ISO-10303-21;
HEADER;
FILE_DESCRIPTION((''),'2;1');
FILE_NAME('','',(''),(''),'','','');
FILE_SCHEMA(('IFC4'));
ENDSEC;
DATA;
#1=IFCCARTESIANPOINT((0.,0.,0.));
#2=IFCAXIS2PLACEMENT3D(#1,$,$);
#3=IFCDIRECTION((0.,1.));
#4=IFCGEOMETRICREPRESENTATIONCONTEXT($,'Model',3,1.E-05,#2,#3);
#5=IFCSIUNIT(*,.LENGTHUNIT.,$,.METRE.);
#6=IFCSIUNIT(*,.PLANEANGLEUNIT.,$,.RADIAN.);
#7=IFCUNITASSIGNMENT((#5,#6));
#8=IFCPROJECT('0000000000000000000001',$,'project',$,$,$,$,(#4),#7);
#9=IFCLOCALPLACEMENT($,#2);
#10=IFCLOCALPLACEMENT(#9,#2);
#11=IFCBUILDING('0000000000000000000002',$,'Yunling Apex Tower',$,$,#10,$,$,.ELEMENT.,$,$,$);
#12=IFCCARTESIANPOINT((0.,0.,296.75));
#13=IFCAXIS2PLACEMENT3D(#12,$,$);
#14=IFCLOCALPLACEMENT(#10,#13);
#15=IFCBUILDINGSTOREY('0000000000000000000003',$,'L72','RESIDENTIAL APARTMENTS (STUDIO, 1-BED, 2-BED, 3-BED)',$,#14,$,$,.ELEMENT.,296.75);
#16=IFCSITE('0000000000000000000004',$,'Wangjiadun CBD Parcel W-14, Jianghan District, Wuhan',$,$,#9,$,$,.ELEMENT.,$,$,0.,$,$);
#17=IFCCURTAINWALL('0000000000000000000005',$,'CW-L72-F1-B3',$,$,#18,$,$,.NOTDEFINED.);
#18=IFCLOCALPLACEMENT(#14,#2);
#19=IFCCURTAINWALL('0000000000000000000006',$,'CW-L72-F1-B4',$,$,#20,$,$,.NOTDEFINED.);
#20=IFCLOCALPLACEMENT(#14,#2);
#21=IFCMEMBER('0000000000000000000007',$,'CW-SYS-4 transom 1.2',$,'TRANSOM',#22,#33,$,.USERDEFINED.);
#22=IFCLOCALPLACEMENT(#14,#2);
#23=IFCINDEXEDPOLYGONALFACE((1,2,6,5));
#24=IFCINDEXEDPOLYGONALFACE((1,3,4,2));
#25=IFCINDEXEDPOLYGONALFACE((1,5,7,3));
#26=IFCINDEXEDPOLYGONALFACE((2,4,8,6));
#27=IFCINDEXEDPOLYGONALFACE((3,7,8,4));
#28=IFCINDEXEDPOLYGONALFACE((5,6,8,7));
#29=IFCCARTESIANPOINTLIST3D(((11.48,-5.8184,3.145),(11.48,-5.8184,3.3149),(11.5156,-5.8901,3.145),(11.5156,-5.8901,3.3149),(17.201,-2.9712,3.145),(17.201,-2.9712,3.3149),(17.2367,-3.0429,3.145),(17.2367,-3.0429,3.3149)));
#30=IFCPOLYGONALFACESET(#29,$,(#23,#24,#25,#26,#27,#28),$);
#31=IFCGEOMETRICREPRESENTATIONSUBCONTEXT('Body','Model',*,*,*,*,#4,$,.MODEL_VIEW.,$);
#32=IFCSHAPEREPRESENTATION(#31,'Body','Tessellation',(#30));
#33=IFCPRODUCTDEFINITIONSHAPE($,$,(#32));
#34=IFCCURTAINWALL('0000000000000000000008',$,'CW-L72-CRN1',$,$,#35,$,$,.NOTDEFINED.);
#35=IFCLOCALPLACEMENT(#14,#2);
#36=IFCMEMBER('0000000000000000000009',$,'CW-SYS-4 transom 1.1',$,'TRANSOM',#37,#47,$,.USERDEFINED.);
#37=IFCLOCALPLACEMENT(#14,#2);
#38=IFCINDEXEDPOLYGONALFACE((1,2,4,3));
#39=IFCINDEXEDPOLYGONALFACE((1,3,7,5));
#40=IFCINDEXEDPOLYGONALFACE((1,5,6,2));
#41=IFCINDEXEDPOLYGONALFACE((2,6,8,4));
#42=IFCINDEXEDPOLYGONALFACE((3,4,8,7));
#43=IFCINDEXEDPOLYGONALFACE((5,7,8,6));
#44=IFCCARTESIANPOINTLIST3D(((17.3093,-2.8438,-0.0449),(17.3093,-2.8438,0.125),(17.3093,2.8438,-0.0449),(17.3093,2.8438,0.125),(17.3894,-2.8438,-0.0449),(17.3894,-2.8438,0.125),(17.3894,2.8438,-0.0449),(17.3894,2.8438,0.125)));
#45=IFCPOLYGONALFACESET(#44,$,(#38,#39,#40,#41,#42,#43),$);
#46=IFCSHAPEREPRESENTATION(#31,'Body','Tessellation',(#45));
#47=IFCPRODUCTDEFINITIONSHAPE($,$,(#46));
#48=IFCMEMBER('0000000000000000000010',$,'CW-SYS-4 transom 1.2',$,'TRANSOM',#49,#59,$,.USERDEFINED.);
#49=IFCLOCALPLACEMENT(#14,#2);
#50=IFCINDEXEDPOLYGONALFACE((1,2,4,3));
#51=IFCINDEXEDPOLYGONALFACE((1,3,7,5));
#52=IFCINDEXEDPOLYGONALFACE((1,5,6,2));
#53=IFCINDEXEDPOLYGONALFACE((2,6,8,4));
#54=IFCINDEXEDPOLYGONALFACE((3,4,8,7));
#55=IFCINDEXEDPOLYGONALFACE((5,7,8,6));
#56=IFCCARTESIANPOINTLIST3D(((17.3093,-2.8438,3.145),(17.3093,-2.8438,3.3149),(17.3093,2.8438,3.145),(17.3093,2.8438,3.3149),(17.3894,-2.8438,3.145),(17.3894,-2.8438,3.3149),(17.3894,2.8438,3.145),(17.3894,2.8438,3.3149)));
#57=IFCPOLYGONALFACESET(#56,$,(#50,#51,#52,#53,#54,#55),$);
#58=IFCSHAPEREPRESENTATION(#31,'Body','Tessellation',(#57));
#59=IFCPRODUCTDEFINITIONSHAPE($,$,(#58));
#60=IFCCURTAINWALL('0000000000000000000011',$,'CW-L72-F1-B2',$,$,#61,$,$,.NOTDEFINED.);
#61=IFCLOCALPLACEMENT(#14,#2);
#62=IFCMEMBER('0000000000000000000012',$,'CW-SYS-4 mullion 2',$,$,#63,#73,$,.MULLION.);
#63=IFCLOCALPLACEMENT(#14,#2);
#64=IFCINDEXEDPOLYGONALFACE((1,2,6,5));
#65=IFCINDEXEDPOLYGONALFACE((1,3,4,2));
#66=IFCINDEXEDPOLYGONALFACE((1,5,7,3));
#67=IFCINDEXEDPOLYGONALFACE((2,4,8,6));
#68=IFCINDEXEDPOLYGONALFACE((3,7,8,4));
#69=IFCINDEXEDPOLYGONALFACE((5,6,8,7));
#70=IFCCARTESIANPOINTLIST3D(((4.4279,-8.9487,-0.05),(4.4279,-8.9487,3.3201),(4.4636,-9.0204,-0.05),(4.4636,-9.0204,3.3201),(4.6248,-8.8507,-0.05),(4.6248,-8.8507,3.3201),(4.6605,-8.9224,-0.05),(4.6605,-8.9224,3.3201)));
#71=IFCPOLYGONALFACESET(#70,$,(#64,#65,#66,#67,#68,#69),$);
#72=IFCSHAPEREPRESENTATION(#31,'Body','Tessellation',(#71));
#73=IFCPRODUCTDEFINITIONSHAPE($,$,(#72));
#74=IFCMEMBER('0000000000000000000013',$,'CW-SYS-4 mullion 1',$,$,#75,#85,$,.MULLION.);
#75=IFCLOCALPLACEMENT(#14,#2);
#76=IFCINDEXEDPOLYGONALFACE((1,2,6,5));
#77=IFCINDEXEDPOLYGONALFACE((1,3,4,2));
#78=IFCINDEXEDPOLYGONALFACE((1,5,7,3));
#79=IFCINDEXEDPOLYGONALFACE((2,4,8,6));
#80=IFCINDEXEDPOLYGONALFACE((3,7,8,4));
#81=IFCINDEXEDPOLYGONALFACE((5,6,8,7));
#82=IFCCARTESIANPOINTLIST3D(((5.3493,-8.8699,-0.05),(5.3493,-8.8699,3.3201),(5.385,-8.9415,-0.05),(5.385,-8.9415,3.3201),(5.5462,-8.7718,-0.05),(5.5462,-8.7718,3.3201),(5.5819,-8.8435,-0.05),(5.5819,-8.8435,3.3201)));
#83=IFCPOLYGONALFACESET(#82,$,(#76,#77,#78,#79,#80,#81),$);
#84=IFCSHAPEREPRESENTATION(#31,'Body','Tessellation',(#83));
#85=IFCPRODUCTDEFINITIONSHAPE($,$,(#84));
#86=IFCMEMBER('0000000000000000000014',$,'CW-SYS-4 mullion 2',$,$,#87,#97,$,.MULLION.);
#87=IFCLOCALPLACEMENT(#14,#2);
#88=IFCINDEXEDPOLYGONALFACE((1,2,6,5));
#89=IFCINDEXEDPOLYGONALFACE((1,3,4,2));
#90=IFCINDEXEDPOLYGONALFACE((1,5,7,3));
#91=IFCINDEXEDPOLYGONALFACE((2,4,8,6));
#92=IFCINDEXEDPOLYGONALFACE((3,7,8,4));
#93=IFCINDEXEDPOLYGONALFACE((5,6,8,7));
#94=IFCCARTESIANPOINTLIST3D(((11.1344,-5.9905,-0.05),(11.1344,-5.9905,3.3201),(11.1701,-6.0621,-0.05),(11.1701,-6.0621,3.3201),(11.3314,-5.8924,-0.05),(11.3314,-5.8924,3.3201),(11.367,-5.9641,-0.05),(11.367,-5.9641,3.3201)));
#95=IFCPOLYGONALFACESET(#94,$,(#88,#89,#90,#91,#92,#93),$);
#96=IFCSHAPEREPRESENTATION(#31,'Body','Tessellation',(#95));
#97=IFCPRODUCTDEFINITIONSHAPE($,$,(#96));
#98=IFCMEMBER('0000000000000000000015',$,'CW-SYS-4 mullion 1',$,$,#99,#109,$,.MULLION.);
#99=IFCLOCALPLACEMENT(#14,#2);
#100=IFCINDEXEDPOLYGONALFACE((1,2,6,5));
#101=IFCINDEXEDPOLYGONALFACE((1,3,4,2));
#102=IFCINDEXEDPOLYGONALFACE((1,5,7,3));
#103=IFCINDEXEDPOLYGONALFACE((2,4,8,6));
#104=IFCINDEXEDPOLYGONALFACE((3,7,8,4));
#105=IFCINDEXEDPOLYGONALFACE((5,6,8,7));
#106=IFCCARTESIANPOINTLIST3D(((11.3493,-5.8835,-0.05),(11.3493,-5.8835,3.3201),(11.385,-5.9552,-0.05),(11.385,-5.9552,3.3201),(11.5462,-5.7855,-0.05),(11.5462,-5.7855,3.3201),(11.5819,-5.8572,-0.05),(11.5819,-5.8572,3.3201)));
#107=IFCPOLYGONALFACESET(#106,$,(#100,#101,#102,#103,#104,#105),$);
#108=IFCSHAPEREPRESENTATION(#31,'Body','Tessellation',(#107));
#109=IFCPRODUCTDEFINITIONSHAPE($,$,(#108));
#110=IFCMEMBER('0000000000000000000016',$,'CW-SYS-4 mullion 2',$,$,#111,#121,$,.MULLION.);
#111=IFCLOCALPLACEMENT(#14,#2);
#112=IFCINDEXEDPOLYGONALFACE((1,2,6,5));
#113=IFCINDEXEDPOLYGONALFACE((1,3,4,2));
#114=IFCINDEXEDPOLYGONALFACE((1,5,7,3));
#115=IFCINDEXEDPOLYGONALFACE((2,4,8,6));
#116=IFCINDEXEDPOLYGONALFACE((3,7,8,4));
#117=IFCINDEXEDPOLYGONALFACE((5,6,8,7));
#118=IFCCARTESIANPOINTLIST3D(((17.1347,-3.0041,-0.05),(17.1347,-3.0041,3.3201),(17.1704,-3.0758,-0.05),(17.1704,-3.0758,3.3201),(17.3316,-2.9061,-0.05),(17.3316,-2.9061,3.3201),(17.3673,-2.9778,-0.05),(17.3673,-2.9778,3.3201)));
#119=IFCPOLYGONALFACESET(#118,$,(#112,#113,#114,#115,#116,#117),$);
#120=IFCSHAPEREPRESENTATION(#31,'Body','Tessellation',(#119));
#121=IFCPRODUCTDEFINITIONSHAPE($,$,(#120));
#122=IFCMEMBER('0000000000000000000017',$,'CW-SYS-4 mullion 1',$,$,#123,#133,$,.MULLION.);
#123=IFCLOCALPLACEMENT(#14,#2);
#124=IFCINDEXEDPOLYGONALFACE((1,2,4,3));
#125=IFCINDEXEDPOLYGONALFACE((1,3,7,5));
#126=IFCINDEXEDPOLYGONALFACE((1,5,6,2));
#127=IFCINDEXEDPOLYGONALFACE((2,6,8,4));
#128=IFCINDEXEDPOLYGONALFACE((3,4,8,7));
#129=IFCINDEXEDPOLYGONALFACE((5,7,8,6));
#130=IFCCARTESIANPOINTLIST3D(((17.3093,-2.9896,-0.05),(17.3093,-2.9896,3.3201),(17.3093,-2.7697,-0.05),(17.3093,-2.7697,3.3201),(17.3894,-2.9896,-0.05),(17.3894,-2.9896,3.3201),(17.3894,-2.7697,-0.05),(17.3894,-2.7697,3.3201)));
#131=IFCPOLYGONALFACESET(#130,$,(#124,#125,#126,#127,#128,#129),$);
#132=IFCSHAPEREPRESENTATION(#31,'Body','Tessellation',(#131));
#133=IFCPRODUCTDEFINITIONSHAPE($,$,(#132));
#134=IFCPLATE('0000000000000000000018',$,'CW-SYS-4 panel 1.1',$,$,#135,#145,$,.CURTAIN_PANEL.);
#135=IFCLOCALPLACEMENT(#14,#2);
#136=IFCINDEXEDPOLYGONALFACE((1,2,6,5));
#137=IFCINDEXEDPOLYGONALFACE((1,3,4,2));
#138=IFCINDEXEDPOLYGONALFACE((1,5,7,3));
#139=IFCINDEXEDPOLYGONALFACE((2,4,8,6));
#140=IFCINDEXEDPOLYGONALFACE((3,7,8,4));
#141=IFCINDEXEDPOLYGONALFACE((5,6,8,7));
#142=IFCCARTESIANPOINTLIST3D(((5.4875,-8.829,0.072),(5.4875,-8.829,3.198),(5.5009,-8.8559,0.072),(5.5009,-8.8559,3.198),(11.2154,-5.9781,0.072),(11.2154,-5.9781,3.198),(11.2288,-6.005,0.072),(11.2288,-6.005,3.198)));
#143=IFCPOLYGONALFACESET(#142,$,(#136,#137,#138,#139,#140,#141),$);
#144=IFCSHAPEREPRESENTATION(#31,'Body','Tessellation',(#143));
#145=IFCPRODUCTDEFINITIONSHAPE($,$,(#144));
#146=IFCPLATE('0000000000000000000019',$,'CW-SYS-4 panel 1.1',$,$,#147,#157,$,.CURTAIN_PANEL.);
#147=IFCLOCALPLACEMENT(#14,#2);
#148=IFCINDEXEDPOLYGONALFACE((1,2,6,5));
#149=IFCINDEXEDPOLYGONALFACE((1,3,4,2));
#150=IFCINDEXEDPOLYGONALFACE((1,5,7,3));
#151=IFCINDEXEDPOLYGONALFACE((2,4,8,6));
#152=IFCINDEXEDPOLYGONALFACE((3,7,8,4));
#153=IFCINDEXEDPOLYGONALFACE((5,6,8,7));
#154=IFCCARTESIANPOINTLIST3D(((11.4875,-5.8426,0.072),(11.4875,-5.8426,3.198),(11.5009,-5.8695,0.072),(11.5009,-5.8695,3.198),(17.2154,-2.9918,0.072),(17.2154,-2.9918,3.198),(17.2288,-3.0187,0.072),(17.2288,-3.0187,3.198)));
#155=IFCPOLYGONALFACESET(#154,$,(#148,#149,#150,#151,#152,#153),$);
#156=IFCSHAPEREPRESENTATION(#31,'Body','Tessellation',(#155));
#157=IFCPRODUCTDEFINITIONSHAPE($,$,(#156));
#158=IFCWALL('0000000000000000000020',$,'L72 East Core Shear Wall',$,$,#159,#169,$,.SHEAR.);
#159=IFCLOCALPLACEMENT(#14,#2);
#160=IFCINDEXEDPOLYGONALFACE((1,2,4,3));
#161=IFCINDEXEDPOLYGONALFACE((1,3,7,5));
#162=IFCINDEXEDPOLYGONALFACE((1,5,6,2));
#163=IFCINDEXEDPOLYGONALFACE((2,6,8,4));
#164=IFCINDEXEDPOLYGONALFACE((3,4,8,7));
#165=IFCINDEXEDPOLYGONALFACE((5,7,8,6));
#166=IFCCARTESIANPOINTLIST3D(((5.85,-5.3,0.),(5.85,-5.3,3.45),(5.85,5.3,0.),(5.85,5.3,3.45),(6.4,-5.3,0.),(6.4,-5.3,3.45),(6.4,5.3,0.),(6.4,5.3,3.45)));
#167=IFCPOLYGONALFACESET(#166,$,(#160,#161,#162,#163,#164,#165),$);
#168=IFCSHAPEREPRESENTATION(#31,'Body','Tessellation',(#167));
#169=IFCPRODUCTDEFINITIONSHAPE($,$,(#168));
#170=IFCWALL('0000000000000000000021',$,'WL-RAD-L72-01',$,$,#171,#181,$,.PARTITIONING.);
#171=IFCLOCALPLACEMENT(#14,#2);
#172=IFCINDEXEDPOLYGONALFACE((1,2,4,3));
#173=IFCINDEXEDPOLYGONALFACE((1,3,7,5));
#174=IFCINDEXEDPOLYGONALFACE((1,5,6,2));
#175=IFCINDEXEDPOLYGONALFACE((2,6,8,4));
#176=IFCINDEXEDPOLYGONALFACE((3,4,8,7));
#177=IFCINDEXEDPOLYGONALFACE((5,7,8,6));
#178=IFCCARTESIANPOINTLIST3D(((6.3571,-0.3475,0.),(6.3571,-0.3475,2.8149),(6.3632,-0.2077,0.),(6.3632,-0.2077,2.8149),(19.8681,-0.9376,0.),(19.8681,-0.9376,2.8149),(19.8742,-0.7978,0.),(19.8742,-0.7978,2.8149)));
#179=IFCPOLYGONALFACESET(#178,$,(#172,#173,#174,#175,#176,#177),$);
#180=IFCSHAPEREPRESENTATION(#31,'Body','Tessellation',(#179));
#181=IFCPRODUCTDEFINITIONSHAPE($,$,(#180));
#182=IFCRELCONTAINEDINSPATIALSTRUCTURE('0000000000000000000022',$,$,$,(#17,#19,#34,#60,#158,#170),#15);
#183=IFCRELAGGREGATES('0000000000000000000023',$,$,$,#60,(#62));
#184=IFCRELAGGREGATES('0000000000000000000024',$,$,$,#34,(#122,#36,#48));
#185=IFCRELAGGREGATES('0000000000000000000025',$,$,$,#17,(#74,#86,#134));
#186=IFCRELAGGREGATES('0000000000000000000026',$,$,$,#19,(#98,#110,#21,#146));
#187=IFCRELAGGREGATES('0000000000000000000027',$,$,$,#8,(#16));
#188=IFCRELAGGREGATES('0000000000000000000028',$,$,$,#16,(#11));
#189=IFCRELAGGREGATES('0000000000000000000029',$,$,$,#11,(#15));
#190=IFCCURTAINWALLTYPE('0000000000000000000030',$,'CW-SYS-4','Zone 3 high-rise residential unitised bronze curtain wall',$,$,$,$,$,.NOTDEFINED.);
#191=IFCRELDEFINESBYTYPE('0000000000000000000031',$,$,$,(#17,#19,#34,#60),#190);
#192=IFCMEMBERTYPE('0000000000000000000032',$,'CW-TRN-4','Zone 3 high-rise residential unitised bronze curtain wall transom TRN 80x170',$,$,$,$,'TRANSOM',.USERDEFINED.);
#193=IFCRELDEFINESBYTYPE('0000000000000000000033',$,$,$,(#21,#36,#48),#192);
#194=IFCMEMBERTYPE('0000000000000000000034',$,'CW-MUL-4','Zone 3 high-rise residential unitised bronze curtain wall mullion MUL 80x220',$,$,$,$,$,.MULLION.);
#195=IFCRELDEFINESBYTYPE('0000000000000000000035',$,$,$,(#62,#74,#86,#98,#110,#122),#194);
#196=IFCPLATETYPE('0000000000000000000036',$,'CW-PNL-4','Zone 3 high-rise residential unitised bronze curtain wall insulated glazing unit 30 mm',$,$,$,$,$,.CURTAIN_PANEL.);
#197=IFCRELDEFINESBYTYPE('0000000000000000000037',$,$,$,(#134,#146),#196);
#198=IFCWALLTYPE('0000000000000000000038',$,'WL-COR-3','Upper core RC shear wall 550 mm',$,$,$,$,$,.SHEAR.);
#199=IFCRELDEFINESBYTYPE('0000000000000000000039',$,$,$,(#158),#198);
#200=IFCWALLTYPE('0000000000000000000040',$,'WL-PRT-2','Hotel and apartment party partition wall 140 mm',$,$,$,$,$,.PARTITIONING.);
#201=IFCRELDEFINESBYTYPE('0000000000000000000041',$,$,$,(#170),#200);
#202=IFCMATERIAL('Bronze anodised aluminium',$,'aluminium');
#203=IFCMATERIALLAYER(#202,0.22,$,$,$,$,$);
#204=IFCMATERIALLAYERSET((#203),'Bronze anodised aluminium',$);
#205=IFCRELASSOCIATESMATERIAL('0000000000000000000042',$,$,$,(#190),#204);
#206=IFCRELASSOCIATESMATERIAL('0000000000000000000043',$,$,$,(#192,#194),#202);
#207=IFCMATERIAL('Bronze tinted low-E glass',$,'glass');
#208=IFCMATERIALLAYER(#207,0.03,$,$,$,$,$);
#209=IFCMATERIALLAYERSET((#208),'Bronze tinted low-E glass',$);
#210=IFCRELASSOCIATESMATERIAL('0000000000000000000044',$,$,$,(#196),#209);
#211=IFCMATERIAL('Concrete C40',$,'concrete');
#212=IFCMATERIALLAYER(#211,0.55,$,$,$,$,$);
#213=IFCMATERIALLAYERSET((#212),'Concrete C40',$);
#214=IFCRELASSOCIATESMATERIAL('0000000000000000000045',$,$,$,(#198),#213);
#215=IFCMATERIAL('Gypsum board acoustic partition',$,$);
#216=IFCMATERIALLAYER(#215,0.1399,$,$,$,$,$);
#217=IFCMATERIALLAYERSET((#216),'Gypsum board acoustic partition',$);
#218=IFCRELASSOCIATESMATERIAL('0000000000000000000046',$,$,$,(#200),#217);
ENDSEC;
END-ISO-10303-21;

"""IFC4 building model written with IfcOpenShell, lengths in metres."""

from ifc_helpers import new_model, si_unit, direction, frame, frame_2d, origin, origin_2d, place, context, subcontext, project, spatial, rectangle, extrude, source, transform, mapped, material, layer, layer_set, material_profile, profile_set, type_object, element, aggregate, save


model = new_model("IFC4")

# Units and contexts
model_context = context("Model", 3, precision=1e-05, world=origin(), true_north=direction((0.0, 1.0)))
body_context = subcontext(model_context, "Body", "Model", "MODEL_VIEW")
ifc_project = project(units=[si_unit("LENGTHUNIT", "METRE"), si_unit("PLANEANGLEUNIT", "RADIAN")], contexts=[model_context])

# Site, building, storey
site_placement = place(None, origin())
site = spatial("IfcSite", under=ifc_project, at=site_placement, Name="Wangjiadun CBD Parcel W-14, Jianghan District, Wuhan", CompositionType="ELEMENT", RefElevation=0.0)
building_placement = place(site_placement, origin())
building = spatial("IfcBuilding", under=site, at=building_placement, Name="Yunling Apex Tower", CompositionType="ELEMENT")
storey_placement = place(building_placement, frame((0.0, 0.0, 296.75)))
storey = spatial("IfcBuildingStorey", under=building, at=storey_placement, Name="L72", Description="RESIDENTIAL APARTMENTS (STUDIO, 1-BED, 2-BED, 3-BED)", CompositionType="ELEMENT", Elevation=296.75)

# Curtain walls, members
ifc_material_1 = material(Name="Bronze anodised aluminium", Category="aluminium")
ifc_layer_1 = layer(ifc_material_1, 0.22)
ifc_layer_set_1 = layer_set([ifc_layer_1], Name="Bronze anodised aluminium")
curtain_wall_type = type_object("IfcCurtainWallType", Name="CW-SYS-4", Description="Zone 3 high-rise residential unitised bronze curtain wall", PredefinedType="NOTDEFINED", material=ifc_layer_set_1)
curtain_wall_1_placement = place(storey_placement, origin())
curtain_wall_1 = element("IfcCurtainWall", 1, at=curtain_wall_1_placement, inside=storey, type_object=curtain_wall_type, Name="CW-L72-F1-B3", PredefinedType="NOTDEFINED")
ifc_material_profile_1 = material_profile(ifc_material_1, rectangle(XDim=0.0801, YDim=0.1699, at=origin_2d()))
ifc_profile_set_1 = profile_set([ifc_material_profile_1], Name="Bronze anodised aluminium")
member_type_1 = type_object("IfcMemberType", Name="CW-TRN-4", Description="Zone 3 high-rise residential unitised bronze curtain wall transom TRN 80x170", ElementType="TRANSOM", PredefinedType="USERDEFINED", material=ifc_profile_set_1)
curtain_wall_2_placement = place(storey_placement, origin())
curtain_wall_2 = element("IfcCurtainWall", 2, at=curtain_wall_2_placement, inside=storey, type_object=curtain_wall_type, Name="CW-L72-F1-B4", PredefinedType="NOTDEFINED")
shared_shape_1 = source(origin(), body_context, "Body", "SweptSolid", [
    extrude(rectangle(XDim=0.0801, YDim=0.1699, at=origin_2d()), origin(), (0.0, 0.0, 1.0), 6.3904),
])
member_1_placement = place(storey_placement, frame((11.4978, -5.8542, 3.23), z_axis=(0.895259, 0.445547, 0.0), x_axis=(-0.445547, 0.895259, 0.0)))
member_1 = element("IfcMember", 3, at=member_1_placement, type_object=member_type_1, Name="CW-SYS-4 transom 1.2", ObjectType="TRANSOM", PredefinedType="USERDEFINED", context=body_context, shape_type="MappedRepresentation", body=[
    mapped(shared_shape_1, transform((0.0, 0.0, 0.0), scale=1.0)),
])
curtain_wall_3_placement = place(storey_placement, origin())
curtain_wall_3 = element("IfcCurtainWall", 4, at=curtain_wall_3_placement, inside=storey, type_object=curtain_wall_type, Name="CW-L72-CRN1", PredefinedType="NOTDEFINED")
shared_shape_2 = source(origin(), body_context, "Body", "SweptSolid", [
    extrude(rectangle(XDim=0.0801, YDim=0.1699, at=origin_2d()), origin(), (0.0, 0.0, 1.0), 5.6875),
])
member_2_placement = place(storey_placement, frame((17.3494, -2.8438, 0.04), z_axis=(0.0, 1.0, 0.0), x_axis=(-1.0, 0.0, 0.0)))
member_2 = element("IfcMember", 5, at=member_2_placement, type_object=member_type_1, Name="CW-SYS-4 transom 1.1", ObjectType="TRANSOM", PredefinedType="USERDEFINED", context=body_context, shape_type="MappedRepresentation", body=[
    mapped(shared_shape_2, transform((0.0, 0.0, 0.0), scale=1.0)),
])
member_3_placement = place(storey_placement, frame((17.3494, -2.8438, 3.23), z_axis=(0.0, 1.0, 0.0), x_axis=(-1.0, 0.0, 0.0)))
member_3 = element("IfcMember", 6, at=member_3_placement, type_object=member_type_1, Name="CW-SYS-4 transom 1.2", ObjectType="TRANSOM", PredefinedType="USERDEFINED", context=body_context, shape_type="MappedRepresentation", body=[
    mapped(shared_shape_2, transform((0.0, 0.0, 0.0), scale=1.0)),
])

# Curtain wall, member
curtain_wall_4_placement = place(storey_placement, origin())
curtain_wall_4 = element("IfcCurtainWall", 7, at=curtain_wall_4_placement, inside=storey, type_object=curtain_wall_type, Name="CW-L72-F1-B2", PredefinedType="NOTDEFINED")
ifc_material_profile_2 = material_profile(ifc_material_1, rectangle(XDim=0.0801, YDim=0.22, at=origin_2d()))
ifc_profile_set_2 = profile_set([ifc_material_profile_2], Name="Bronze anodised aluminium")
member_type_2 = type_object("IfcMemberType", Name="CW-MUL-4", Description="Zone 3 high-rise residential unitised bronze curtain wall mullion MUL 80x220", PredefinedType="MULLION", material=ifc_profile_set_2)
shared_shape_3 = source(origin(), body_context, "Body", "SweptSolid", [
    extrude(rectangle(XDim=0.0801, YDim=0.22, at=origin_2d()), origin(), (0.0, 0.0, 1.0), 3.3701),
])
member_4_placement = place(storey_placement, frame((4.5442, -8.9355, -0.05), z_axis=(0.0, 0.0, 1.0), x_axis=(-0.445561, 0.895252, 0.0)))
member_4 = element("IfcMember", 8, at=member_4_placement, type_object=member_type_2, Name="CW-SYS-4 mullion 2", PredefinedType="MULLION", context=body_context, shape_type="MappedRepresentation", body=[
    mapped(shared_shape_3, transform((0.0, 0.0, 0.0), scale=1.0)),
])
aggregate(curtain_wall_4, [member_4])

# Members
member_5_placement = place(storey_placement, frame((5.4656, -8.8567, -0.05), z_axis=(0.0, 0.0, 1.0), x_axis=(-0.44558, 0.895242, 0.0)))
member_5 = element("IfcMember", 9, at=member_5_placement, type_object=member_type_2, Name="CW-SYS-4 mullion 1", PredefinedType="MULLION", context=body_context, shape_type="MappedRepresentation", body=[
    mapped(shared_shape_3, transform((0.0, 0.0, 0.0), scale=1.0)),
])
member_6_placement = place(storey_placement, frame((11.2507, -5.9773, -0.05), z_axis=(0.0, 0.0, 1.0), x_axis=(-0.44558, 0.895242, 0.0)))
member_6 = element("IfcMember", 10, at=member_6_placement, type_object=member_type_2, Name="CW-SYS-4 mullion 2", PredefinedType="MULLION", context=body_context, shape_type="MappedRepresentation", body=[
    mapped(shared_shape_3, transform((0.0, 0.0, 0.0), scale=1.0)),
])
member_7_placement = place(storey_placement, frame((11.4656, -5.8704, -0.05), z_axis=(0.0, 0.0, 1.0), x_axis=(-0.445568, 0.895248, 0.0)))
member_7 = element("IfcMember", 11, at=member_7_placement, type_object=member_type_2, Name="CW-SYS-4 mullion 1", PredefinedType="MULLION", context=body_context, shape_type="MappedRepresentation", body=[
    mapped(shared_shape_3, transform((0.0, 0.0, 0.0), scale=1.0)),
])
member_8_placement = place(storey_placement, frame((17.251, -2.991, -0.05), z_axis=(0.0, 0.0, 1.0), x_axis=(-0.445568, 0.895248, 0.0)))
member_8 = element("IfcMember", 12, at=member_8_placement, type_object=member_type_2, Name="CW-SYS-4 mullion 2", PredefinedType="MULLION", context=body_context, shape_type="MappedRepresentation", body=[
    mapped(shared_shape_3, transform((0.0, 0.0, 0.0), scale=1.0)),
])
member_9_placement = place(storey_placement, frame((17.3494, -2.8796, -0.05), z_axis=(0.0, 0.0, 1.0), x_axis=(-1.0, 0.0, 0.0)))
member_9 = element("IfcMember", 13, at=member_9_placement, type_object=member_type_2, Name="CW-SYS-4 mullion 1", PredefinedType="MULLION", context=body_context, shape_type="MappedRepresentation", body=[
    mapped(shared_shape_3, transform((0.0, 0.0, 0.0), scale=1.0)),
])
aggregate(curtain_wall_3, [member_9, member_2, member_3])

# Plates
ifc_material_2 = material(Name="Bronze tinted low-E glass", Category="glass")
ifc_layer_2 = layer(ifc_material_2, 0.03)
ifc_layer_set_2 = layer_set([ifc_layer_2], Name="Bronze tinted low-E glass")
plate_type = type_object("IfcPlateType", Name="CW-PNL-4", Description="Zone 3 high-rise residential unitised bronze curtain wall insulated glazing unit 30 mm", PredefinedType="CURTAIN_PANEL", material=ifc_layer_set_2)
shared_shape_4 = source(origin(), body_context, "Body", "SweptSolid", [
    extrude(rectangle(XDim=6.3982, YDim=0.03, at=origin_2d()), origin(), (0.0, 0.0, 1.0), 3.126),
])
plate_1_placement = place(storey_placement, frame((8.3582, -7.417, 0.072), z_axis=(0.0, 0.0, 1.0), x_axis=(0.895242, 0.44558, 0.0)))
plate_1 = element("IfcPlate", 14, at=plate_1_placement, type_object=plate_type, Name="CW-SYS-4 panel 1.1", PredefinedType="CURTAIN_PANEL", context=body_context, shape_type="MappedRepresentation", body=[
    mapped(shared_shape_4, transform((0.0, 0.0, 0.0), scale=1.0)),
])
aggregate(curtain_wall_1, [member_5, member_6, plate_1])
plate_2_placement = place(storey_placement, frame((14.3582, -4.4307, 0.072), z_axis=(0.0, 0.0, 1.0), x_axis=(0.895248, 0.445568, 0.0)))
plate_2 = element("IfcPlate", 15, at=plate_2_placement, type_object=plate_type, Name="CW-SYS-4 panel 1.1", PredefinedType="CURTAIN_PANEL", context=body_context, shape_type="MappedRepresentation", body=[
    mapped(shared_shape_4, transform((0.0, 0.0, 0.0), scale=1.0)),
])
aggregate(curtain_wall_2, [member_7, member_8, member_1, plate_2])

# Walls
ifc_material_3 = material(Name="Concrete C40", Category="concrete")
ifc_layer_3 = layer(ifc_material_3, 0.55)
ifc_layer_set_3 = layer_set([ifc_layer_3], Name="Concrete C40")
wall_type_1 = type_object("IfcWallType", Name="WL-COR-3", Description="Upper core RC shear wall 550 mm", PredefinedType="SHEAR", material=ifc_layer_set_3)
wall_1_placement = place(storey_placement, frame((6.125, -5.3, 0.0), z_axis=(0.0, 0.0, 1.0), x_axis=(0.0, 1.0, 0.0)))
element("IfcWall", 16, at=wall_1_placement, inside=storey, type_object=wall_type_1, Name="L72 East Core Shear Wall", PredefinedType="SHEAR", context=body_context, shape_type="SweptSolid", body=[
    extrude(rectangle(XDim=10.6001, YDim=0.55, at=frame_2d((5.3, 0.0))), origin(), (0.0, 0.0, 1.0), 3.45),
])
ifc_material_4 = material(Name="Gypsum board acoustic partition")
ifc_layer_4 = layer(ifc_material_4, 0.1399)
ifc_layer_set_4 = layer_set([ifc_layer_4], Name="Gypsum board acoustic partition")
wall_type_2 = type_object("IfcWallType", Name="WL-PRT-2", Description="Hotel and apartment party partition wall 140 mm", PredefinedType="PARTITIONING", material=ifc_layer_set_4)
wall_2_placement = place(storey_placement, frame((6.3601, -0.2776, 0.0), z_axis=(0.0, 0.0, 1.0), x_axis=(0.999048, -0.043633, 0.0)))
element("IfcWall", 17, at=wall_2_placement, inside=storey, type_object=wall_type_2, Name="WL-RAD-L72-01", PredefinedType="PARTITIONING", context=body_context, shape_type="SweptSolid", body=[
    extrude(rectangle(XDim=13.5239, YDim=0.1399, at=frame_2d((6.762, 0.0))), origin(), (0.0, 0.0, 1.0), 2.8149),
])

save(model, "model.ifc")
